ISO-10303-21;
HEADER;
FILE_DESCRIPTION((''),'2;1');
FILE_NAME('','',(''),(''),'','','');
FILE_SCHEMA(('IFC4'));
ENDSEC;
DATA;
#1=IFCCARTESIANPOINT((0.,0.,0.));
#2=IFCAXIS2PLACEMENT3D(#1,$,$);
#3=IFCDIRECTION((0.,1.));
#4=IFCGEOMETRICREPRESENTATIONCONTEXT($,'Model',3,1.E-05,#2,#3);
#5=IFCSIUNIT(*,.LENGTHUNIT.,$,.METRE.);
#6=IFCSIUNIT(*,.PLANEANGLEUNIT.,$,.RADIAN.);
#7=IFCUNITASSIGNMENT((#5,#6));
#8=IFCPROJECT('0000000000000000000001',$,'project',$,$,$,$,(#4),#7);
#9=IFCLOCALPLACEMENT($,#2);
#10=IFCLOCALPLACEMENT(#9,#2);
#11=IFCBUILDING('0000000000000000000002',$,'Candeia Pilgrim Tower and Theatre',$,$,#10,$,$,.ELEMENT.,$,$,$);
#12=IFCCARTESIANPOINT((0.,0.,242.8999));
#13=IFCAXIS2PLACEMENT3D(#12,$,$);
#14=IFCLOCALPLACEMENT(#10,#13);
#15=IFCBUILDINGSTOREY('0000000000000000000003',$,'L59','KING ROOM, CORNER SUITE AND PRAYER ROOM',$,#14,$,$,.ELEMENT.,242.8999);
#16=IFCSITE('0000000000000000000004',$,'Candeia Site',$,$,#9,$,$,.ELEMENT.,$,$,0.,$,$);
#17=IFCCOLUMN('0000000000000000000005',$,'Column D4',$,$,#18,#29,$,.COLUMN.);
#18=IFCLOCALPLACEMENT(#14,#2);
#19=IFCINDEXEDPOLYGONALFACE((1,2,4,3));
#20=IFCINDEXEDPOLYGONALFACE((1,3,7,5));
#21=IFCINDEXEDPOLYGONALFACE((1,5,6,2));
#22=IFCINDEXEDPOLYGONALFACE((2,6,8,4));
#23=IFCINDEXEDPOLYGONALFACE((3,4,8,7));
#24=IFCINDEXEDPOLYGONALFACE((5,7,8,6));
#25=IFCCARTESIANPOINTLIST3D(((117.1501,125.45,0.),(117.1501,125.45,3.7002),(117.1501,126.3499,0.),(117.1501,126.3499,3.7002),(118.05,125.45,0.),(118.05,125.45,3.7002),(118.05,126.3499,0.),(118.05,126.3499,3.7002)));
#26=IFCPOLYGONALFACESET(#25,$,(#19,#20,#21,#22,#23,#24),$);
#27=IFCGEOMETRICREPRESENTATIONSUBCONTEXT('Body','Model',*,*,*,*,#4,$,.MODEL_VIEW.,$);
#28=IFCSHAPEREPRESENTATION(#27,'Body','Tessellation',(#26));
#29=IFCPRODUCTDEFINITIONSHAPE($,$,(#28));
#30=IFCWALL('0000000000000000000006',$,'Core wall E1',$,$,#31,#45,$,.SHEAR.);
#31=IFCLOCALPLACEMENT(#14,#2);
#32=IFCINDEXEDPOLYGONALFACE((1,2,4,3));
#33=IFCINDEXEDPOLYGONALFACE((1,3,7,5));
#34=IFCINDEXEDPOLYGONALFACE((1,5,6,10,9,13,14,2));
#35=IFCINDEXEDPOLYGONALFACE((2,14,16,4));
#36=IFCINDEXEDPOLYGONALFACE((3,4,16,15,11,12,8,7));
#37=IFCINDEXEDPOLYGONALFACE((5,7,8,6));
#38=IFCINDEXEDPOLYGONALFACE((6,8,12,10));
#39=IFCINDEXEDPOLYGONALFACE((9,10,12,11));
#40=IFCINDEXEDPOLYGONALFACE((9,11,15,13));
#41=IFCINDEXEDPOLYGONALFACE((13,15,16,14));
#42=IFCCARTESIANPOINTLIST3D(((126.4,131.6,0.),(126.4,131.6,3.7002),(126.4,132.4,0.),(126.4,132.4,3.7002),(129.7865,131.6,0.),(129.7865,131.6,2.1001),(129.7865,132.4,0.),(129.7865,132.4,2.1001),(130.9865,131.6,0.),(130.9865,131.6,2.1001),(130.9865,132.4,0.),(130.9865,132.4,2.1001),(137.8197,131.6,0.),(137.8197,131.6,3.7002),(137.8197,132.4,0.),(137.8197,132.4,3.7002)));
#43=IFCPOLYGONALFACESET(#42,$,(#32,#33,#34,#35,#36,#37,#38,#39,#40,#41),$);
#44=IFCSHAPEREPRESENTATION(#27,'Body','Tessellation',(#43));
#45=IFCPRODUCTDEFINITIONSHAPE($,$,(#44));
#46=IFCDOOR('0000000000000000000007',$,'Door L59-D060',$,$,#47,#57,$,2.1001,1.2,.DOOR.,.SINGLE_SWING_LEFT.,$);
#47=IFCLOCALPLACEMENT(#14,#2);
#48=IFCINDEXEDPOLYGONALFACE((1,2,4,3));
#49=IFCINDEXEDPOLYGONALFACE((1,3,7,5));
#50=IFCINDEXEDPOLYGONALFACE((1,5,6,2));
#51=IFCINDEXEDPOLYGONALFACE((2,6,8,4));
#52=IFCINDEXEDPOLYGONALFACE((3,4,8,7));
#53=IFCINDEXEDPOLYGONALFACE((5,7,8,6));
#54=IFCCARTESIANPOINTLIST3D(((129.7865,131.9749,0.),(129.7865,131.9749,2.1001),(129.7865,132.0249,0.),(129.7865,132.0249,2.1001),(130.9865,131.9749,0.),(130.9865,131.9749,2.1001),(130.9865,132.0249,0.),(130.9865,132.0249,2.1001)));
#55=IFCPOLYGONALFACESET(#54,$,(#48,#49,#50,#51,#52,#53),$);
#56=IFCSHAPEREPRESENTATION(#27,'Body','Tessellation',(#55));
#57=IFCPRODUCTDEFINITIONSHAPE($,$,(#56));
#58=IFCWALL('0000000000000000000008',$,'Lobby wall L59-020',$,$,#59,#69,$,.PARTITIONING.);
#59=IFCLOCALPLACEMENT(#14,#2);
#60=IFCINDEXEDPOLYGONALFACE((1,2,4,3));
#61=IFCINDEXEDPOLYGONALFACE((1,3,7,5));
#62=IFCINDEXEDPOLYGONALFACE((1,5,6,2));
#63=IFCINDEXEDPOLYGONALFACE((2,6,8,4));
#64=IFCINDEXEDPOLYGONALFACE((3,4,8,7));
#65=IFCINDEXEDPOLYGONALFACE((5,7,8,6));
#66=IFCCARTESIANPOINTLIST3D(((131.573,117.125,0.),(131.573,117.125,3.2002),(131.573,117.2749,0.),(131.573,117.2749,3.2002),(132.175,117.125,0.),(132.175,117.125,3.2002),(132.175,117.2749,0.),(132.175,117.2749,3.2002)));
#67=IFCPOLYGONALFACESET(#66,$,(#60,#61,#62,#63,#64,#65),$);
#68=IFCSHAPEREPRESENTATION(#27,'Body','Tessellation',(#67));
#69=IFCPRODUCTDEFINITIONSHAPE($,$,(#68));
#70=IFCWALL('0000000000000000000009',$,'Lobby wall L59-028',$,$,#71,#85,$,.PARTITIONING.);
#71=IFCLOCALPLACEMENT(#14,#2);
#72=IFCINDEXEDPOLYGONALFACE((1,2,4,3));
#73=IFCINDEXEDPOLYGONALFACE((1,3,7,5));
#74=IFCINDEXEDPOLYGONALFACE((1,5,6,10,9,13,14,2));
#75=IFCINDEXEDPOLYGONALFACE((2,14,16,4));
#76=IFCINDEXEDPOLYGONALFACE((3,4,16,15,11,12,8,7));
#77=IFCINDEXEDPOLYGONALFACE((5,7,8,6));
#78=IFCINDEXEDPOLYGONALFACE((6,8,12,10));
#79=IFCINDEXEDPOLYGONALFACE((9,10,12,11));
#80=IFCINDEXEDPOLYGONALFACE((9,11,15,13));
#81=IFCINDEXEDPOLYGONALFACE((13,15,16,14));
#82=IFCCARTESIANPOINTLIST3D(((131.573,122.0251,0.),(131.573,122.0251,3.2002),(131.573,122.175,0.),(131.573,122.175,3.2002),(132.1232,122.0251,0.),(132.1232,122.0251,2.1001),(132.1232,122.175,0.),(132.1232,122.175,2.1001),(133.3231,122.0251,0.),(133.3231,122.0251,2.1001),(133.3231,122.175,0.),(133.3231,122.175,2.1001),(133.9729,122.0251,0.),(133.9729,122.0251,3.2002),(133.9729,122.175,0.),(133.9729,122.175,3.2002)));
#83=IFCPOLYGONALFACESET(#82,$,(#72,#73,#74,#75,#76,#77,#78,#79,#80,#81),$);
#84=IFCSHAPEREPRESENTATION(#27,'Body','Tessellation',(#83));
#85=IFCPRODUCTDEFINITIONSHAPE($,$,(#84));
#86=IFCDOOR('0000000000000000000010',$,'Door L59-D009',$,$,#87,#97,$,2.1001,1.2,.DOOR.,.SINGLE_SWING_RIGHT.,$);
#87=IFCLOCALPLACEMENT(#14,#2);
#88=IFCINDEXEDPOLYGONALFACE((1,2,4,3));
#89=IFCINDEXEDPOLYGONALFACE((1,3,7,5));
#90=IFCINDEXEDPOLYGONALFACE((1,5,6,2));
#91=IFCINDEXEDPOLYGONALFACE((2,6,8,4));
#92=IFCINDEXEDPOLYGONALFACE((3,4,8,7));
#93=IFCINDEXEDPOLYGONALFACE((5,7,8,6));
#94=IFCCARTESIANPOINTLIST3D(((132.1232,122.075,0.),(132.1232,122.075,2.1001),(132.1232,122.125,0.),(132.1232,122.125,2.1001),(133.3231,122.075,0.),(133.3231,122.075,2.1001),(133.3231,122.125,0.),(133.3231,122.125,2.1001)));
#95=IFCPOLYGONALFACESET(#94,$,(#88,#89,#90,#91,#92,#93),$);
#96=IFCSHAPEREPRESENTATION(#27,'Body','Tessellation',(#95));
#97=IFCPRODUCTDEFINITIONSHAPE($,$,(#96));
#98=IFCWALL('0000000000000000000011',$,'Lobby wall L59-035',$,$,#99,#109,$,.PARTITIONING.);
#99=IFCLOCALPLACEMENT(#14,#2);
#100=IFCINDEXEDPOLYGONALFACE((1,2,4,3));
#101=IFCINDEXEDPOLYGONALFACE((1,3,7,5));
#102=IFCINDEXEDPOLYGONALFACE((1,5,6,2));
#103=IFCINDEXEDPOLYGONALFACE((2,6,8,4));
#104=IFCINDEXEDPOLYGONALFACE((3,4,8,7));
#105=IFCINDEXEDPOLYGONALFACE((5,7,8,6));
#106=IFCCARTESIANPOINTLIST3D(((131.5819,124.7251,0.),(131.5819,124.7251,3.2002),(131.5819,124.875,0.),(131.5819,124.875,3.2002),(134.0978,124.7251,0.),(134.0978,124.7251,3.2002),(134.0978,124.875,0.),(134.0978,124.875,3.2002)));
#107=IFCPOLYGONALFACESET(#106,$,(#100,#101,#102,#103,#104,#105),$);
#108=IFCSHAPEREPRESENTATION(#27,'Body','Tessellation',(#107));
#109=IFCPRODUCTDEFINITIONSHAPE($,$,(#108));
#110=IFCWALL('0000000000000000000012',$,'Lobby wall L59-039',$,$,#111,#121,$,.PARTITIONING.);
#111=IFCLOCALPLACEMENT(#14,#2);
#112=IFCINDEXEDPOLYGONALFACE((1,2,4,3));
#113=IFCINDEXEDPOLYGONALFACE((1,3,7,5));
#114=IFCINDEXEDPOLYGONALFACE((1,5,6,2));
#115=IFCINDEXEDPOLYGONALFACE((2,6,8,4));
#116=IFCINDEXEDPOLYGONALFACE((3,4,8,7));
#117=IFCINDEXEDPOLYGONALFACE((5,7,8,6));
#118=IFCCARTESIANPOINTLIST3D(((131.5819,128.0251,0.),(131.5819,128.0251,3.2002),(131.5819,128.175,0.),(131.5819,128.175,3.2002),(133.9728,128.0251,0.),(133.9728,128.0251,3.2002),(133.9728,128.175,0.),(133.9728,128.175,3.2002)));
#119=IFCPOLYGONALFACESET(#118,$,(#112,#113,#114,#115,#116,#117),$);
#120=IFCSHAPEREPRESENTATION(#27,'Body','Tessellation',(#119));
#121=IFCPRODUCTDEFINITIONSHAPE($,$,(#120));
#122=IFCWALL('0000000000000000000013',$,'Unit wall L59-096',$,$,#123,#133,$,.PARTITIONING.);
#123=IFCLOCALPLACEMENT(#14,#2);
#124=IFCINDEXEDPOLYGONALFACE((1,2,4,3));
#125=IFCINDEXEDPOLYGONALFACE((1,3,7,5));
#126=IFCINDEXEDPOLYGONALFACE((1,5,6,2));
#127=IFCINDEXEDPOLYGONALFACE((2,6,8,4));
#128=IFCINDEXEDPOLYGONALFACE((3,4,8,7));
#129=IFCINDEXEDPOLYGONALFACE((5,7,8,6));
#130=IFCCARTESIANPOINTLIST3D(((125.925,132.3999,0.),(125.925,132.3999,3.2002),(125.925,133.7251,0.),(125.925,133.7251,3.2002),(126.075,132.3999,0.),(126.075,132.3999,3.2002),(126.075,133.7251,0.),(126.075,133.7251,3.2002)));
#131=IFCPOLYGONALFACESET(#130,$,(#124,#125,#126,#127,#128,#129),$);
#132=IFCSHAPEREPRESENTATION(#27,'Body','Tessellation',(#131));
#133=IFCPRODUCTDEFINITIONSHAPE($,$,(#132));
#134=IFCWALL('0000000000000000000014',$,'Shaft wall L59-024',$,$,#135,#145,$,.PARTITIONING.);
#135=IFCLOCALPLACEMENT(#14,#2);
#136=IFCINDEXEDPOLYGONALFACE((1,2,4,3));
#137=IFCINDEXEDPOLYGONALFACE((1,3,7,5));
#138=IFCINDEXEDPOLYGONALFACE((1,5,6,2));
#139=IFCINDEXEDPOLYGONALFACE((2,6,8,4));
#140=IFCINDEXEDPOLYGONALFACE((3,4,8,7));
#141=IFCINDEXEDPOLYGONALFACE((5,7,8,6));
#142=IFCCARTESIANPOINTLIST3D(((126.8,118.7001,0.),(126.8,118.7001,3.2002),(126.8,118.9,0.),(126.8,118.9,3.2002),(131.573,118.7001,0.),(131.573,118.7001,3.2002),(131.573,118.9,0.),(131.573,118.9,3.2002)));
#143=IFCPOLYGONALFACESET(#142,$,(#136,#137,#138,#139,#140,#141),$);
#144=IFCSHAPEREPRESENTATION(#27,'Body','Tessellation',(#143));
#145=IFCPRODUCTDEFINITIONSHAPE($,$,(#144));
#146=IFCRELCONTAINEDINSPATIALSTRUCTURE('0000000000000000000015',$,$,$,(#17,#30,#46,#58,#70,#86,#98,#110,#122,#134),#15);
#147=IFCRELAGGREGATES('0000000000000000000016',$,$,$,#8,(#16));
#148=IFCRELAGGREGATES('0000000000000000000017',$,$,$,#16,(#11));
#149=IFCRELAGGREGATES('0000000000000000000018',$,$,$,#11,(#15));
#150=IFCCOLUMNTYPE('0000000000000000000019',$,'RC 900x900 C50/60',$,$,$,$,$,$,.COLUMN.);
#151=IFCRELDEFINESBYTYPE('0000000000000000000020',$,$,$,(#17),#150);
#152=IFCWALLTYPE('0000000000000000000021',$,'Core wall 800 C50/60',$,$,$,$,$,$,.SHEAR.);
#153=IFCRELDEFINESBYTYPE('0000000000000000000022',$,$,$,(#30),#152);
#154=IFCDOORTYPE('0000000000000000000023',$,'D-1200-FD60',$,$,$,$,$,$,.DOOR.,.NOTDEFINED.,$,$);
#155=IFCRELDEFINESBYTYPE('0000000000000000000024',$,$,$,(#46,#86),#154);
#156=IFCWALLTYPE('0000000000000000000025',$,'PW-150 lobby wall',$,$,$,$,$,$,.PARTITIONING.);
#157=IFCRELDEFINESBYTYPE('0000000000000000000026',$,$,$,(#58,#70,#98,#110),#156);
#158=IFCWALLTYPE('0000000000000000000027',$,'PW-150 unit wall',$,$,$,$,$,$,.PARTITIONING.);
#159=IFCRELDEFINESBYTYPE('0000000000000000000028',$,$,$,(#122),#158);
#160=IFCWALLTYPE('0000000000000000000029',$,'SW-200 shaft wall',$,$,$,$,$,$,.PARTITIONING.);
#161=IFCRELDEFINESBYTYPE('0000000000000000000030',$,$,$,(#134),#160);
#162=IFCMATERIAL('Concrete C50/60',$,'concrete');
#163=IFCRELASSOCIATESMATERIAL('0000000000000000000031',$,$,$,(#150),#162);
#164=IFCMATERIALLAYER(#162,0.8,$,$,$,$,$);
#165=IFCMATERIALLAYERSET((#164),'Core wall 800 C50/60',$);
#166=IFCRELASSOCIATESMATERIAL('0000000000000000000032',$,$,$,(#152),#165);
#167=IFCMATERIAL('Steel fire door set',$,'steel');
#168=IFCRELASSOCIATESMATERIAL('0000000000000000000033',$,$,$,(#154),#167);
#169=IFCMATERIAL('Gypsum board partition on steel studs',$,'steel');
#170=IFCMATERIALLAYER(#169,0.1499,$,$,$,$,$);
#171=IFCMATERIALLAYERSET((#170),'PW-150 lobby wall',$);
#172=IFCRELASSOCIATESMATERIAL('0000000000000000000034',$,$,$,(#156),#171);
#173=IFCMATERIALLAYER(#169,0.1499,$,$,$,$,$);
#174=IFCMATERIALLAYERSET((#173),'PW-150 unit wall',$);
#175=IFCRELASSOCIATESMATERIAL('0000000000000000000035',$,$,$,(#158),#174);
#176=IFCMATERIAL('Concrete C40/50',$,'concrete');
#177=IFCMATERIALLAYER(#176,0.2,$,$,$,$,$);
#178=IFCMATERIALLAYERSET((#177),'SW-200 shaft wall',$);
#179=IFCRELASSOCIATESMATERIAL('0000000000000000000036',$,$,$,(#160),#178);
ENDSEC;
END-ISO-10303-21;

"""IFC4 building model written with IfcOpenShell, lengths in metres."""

from ifc_helpers import new_model, si_unit, direction, frame, frame_2d, origin, origin_2d, place, context, subcontext, project, spatial, rectangle, extrude, material, layer, layer_set, material_profile, profile_set, type_object, element, fill, save


model = new_model("IFC4")

# Units and contexts
model_context = context("Model", 3, precision=1e-05, world=origin(), true_north=direction((0.0, 1.0)))
body_context = subcontext(model_context, "Body", "Model", "MODEL_VIEW")
ifc_project = project(units=[si_unit("LENGTHUNIT", "METRE"), si_unit("PLANEANGLEUNIT", "RADIAN")], contexts=[model_context])

# Site, building, storey
site_placement = place(None, origin())
site = spatial("IfcSite", under=ifc_project, at=site_placement, Name="Candeia Site", CompositionType="ELEMENT", RefElevation=0.0)
building_placement = place(site_placement, origin())
building = spatial("IfcBuilding", under=site, at=building_placement, Name="Candeia Pilgrim Tower and Theatre", CompositionType="ELEMENT")
storey_placement = place(building_placement, frame((0.0, 0.0, 242.8999)))
storey = spatial("IfcBuildingStorey", under=building, at=storey_placement, Name="L59", Description="KING ROOM, CORNER SUITE AND PRAYER ROOM", CompositionType="ELEMENT", Elevation=242.8999)

# Column
ifc_material_1 = material(Name="Concrete C50/60", Category="concrete")
ifc_material_profile = material_profile(ifc_material_1, rectangle(XDim=0.8999, YDim=0.8999, at=origin_2d()))
ifc_profile_set = profile_set([ifc_material_profile], Name="Concrete C50/60")
column_type = type_object("IfcColumnType", Name="RC 900x900 C50/60", PredefinedType="COLUMN", material=ifc_profile_set)
column_placement = place(storey_placement, frame((117.6001, 125.8999, 0.0), z_axis=(0.0, 0.0, 1.0), x_axis=(1.0, 0.0, 0.0)))
element("IfcColumn", 1, at=column_placement, inside=storey, type_object=column_type, Name="Column D4", PredefinedType="COLUMN", context=body_context, shape_type="SweptSolid", body=[
    extrude(rectangle(XDim=0.8999, YDim=0.8999, at=origin_2d()), origin(), (0.0, 0.0, 1.0), 3.7002),
])

# Wall, opening, door
ifc_layer_1 = layer(ifc_material_1, 0.8)
ifc_layer_set_1 = layer_set([ifc_layer_1], Name="Core wall 800 C50/60")
wall_type_1 = type_object("IfcWallType", Name="Core wall 800 C50/60", PredefinedType="SHEAR", material=ifc_layer_set_1)
wall_1_placement = place(storey_placement, frame((126.3999, 132.0, 0.0), z_axis=(0.0, 0.0, 1.0), x_axis=(1.0, 0.0, 0.0)))
wall_1 = element("IfcWall", 2, at=wall_1_placement, inside=storey, type_object=wall_type_1, Name="Core wall E1", PredefinedType="SHEAR", context=body_context, shape_type="SweptSolid", body=[
    extrude(rectangle(XDim=11.4197, YDim=0.8, at=frame_2d((5.71, 0.0))), origin(), (0.0, 0.0, 1.0), 3.7002),
])
opening_1_placement = place(wall_1_placement, frame((3.3865, 0.0, 0.0)))
opening_1 = element("IfcOpeningElement", 3, at=opening_1_placement, cuts=wall_1, PredefinedType="OPENING", context=body_context, shape_type="SweptSolid", body=[
    extrude(rectangle(XDim=1.2, YDim=2.1001, at=frame_2d((0.6001, 1.05))), frame((0.0, 0.4102, 0.0), z_axis=(0.0, -1.0, 0.0), x_axis=(1.0, 0.0, 0.0)), (0.0, 0.0, 1.0), 0.8201),
])
ifc_material_2 = material(Name="Steel fire door set", Category="steel")
door_type_1 = type_object("IfcDoorType", Name="D-1200-FD60", OperationType="NOTDEFINED", PredefinedType="DOOR", material=ifc_material_2)
door_1_placement = place(opening_1_placement, origin())
door_1 = element("IfcDoor", 4, at=door_1_placement, inside=storey, type_object=door_type_1, Name="Door L59-D060", OperationType="SINGLE_SWING_LEFT", OverallHeight=2.1001, OverallWidth=1.2, PredefinedType="DOOR", context=body_context, shape_type="SweptSolid", body=[
    extrude(rectangle(XDim=1.2, YDim=2.1001, at=frame_2d((0.6001, 1.05))), frame((0.0, 0.0249, 0.0), z_axis=(0.0, -1.0, 0.0), x_axis=(1.0, 0.0, 0.0)), (0.0, 0.0, 1.0), 0.05),
])
fill(opening_1, door_1)

# Wall
ifc_material_3 = material(Name="Gypsum board partition on steel studs", Category="steel")
ifc_layer_2 = layer(ifc_material_3, 0.1499)
ifc_layer_set_2 = layer_set([ifc_layer_2], Name="PW-150 lobby wall")
wall_type_2 = type_object("IfcWallType", Name="PW-150 lobby wall", PredefinedType="PARTITIONING", material=ifc_layer_set_2)
wall_2_placement = place(storey_placement, frame((131.573, 117.2, 0.0), z_axis=(0.0, 0.0, 1.0), x_axis=(1.0, 0.0, 0.0)))
element("IfcWall", 5, at=wall_2_placement, inside=storey, type_object=wall_type_2, Name="Lobby wall L59-020", PredefinedType="PARTITIONING", context=body_context, shape_type="SweptSolid", body=[
    extrude(rectangle(XDim=0.6021, YDim=0.1499, at=frame_2d((0.301, 0.0))), origin(), (0.0, 0.0, 1.0), 3.2002),
])

# Wall, opening, door
wall_3_placement = place(storey_placement, frame((131.573, 122.1001, 0.0), z_axis=(0.0, 0.0, 1.0), x_axis=(1.0, 0.0, 0.0)))
wall_3 = element("IfcWall", 6, at=wall_3_placement, inside=storey, type_object=wall_type_2, Name="Lobby wall L59-028", PredefinedType="PARTITIONING", context=body_context, shape_type="SweptSolid", body=[
    extrude(rectangle(XDim=2.3999, YDim=0.1499, at=frame_2d((1.2, 0.0))), origin(), (0.0, 0.0, 1.0), 3.2002),
])
opening_2_placement = place(wall_3_placement, frame((0.55, 0.0, 0.0)))
opening_2 = element("IfcOpeningElement", 7, at=opening_2_placement, cuts=wall_3, PredefinedType="OPENING", context=body_context, shape_type="SweptSolid", body=[
    extrude(rectangle(XDim=1.2, YDim=2.1001, at=frame_2d((0.6001, 1.05))), frame((0.0, 0.085, 0.0), z_axis=(0.0, -1.0, 0.0), x_axis=(1.0, 0.0, 0.0)), (0.0, 0.0, 1.0), 0.1699),
])
door_2_placement = place(opening_2_placement, origin())
door_2 = element("IfcDoor", 8, at=door_2_placement, inside=storey, type_object=door_type_1, Name="Door L59-D009", OperationType="SINGLE_SWING_RIGHT", OverallHeight=2.1001, OverallWidth=1.2, PredefinedType="DOOR", context=body_context, shape_type="SweptSolid", body=[
    extrude(rectangle(XDim=1.2, YDim=2.1001, at=frame_2d((0.6001, 1.05))), frame((0.0, 0.0249, 0.0), z_axis=(0.0, -1.0, 0.0), x_axis=(1.0, 0.0, 0.0)), (0.0, 0.0, 1.0), 0.05),
])
fill(opening_2, door_2)

# Walls
wall_4_placement = place(storey_placement, frame((131.582, 124.8, 0.0), z_axis=(0.0, 0.0, 1.0), x_axis=(1.0, 0.0, 0.0)))
element("IfcWall", 9, at=wall_4_placement, inside=storey, type_object=wall_type_2, Name="Lobby wall L59-035", PredefinedType="PARTITIONING", context=body_context, shape_type="SweptSolid", body=[
    extrude(rectangle(XDim=2.5159, YDim=0.1499, at=frame_2d((1.2578, 0.0))), origin(), (0.0, 0.0, 1.0), 3.2002),
])
wall_5_placement = place(storey_placement, frame((131.582, 128.1001, 0.0), z_axis=(0.0, 0.0, 1.0), x_axis=(1.0, 0.0, 0.0)))
element("IfcWall", 10, at=wall_5_placement, inside=storey, type_object=wall_type_2, Name="Lobby wall L59-039", PredefinedType="PARTITIONING", context=body_context, shape_type="SweptSolid", body=[
    extrude(rectangle(XDim=2.3909, YDim=0.1499, at=frame_2d((1.1953, 0.0))), origin(), (0.0, 0.0, 1.0), 3.2002),
])
ifc_layer_3 = layer(ifc_material_3, 0.1499)
ifc_layer_set_3 = layer_set([ifc_layer_3], Name="PW-150 unit wall")
wall_type_3 = type_object("IfcWallType", Name="PW-150 unit wall", PredefinedType="PARTITIONING", material=ifc_layer_set_3)
wall_6_placement = place(storey_placement, frame((126.0, 132.3999, 0.0), z_axis=(0.0, 0.0, 1.0), x_axis=(0.0, 1.0, 0.0)))
element("IfcWall", 11, at=wall_6_placement, inside=storey, type_object=wall_type_3, Name="Unit wall L59-096", PredefinedType="PARTITIONING", context=body_context, shape_type="SweptSolid", body=[
    extrude(rectangle(XDim=1.3252, YDim=0.1499, at=frame_2d((0.6626, 0.0))), origin(), (0.0, 0.0, 1.0), 3.2002),
])
ifc_material_4 = material(Name="Concrete C40/50", Category="concrete")
ifc_layer_4 = layer(ifc_material_4, 0.2)
ifc_layer_set_4 = layer_set([ifc_layer_4], Name="SW-200 shaft wall")
wall_type_4 = type_object("IfcWallType", Name="SW-200 shaft wall", PredefinedType="PARTITIONING", material=ifc_layer_set_4)
wall_7_placement = place(storey_placement, frame((126.8, 118.8, 0.0), z_axis=(0.0, 0.0, 1.0), x_axis=(1.0, 0.0, 0.0)))
element("IfcWall", 12, at=wall_7_placement, inside=storey, type_object=wall_type_4, Name="Shaft wall L59-024", PredefinedType="PARTITIONING", context=body_context, shape_type="SweptSolid", body=[
    extrude(rectangle(XDim=4.7729, YDim=0.2, at=frame_2d((2.3865, 0.0))), origin(), (0.0, 0.0, 1.0), 3.2002),
])

save(model, "model.ifc")
